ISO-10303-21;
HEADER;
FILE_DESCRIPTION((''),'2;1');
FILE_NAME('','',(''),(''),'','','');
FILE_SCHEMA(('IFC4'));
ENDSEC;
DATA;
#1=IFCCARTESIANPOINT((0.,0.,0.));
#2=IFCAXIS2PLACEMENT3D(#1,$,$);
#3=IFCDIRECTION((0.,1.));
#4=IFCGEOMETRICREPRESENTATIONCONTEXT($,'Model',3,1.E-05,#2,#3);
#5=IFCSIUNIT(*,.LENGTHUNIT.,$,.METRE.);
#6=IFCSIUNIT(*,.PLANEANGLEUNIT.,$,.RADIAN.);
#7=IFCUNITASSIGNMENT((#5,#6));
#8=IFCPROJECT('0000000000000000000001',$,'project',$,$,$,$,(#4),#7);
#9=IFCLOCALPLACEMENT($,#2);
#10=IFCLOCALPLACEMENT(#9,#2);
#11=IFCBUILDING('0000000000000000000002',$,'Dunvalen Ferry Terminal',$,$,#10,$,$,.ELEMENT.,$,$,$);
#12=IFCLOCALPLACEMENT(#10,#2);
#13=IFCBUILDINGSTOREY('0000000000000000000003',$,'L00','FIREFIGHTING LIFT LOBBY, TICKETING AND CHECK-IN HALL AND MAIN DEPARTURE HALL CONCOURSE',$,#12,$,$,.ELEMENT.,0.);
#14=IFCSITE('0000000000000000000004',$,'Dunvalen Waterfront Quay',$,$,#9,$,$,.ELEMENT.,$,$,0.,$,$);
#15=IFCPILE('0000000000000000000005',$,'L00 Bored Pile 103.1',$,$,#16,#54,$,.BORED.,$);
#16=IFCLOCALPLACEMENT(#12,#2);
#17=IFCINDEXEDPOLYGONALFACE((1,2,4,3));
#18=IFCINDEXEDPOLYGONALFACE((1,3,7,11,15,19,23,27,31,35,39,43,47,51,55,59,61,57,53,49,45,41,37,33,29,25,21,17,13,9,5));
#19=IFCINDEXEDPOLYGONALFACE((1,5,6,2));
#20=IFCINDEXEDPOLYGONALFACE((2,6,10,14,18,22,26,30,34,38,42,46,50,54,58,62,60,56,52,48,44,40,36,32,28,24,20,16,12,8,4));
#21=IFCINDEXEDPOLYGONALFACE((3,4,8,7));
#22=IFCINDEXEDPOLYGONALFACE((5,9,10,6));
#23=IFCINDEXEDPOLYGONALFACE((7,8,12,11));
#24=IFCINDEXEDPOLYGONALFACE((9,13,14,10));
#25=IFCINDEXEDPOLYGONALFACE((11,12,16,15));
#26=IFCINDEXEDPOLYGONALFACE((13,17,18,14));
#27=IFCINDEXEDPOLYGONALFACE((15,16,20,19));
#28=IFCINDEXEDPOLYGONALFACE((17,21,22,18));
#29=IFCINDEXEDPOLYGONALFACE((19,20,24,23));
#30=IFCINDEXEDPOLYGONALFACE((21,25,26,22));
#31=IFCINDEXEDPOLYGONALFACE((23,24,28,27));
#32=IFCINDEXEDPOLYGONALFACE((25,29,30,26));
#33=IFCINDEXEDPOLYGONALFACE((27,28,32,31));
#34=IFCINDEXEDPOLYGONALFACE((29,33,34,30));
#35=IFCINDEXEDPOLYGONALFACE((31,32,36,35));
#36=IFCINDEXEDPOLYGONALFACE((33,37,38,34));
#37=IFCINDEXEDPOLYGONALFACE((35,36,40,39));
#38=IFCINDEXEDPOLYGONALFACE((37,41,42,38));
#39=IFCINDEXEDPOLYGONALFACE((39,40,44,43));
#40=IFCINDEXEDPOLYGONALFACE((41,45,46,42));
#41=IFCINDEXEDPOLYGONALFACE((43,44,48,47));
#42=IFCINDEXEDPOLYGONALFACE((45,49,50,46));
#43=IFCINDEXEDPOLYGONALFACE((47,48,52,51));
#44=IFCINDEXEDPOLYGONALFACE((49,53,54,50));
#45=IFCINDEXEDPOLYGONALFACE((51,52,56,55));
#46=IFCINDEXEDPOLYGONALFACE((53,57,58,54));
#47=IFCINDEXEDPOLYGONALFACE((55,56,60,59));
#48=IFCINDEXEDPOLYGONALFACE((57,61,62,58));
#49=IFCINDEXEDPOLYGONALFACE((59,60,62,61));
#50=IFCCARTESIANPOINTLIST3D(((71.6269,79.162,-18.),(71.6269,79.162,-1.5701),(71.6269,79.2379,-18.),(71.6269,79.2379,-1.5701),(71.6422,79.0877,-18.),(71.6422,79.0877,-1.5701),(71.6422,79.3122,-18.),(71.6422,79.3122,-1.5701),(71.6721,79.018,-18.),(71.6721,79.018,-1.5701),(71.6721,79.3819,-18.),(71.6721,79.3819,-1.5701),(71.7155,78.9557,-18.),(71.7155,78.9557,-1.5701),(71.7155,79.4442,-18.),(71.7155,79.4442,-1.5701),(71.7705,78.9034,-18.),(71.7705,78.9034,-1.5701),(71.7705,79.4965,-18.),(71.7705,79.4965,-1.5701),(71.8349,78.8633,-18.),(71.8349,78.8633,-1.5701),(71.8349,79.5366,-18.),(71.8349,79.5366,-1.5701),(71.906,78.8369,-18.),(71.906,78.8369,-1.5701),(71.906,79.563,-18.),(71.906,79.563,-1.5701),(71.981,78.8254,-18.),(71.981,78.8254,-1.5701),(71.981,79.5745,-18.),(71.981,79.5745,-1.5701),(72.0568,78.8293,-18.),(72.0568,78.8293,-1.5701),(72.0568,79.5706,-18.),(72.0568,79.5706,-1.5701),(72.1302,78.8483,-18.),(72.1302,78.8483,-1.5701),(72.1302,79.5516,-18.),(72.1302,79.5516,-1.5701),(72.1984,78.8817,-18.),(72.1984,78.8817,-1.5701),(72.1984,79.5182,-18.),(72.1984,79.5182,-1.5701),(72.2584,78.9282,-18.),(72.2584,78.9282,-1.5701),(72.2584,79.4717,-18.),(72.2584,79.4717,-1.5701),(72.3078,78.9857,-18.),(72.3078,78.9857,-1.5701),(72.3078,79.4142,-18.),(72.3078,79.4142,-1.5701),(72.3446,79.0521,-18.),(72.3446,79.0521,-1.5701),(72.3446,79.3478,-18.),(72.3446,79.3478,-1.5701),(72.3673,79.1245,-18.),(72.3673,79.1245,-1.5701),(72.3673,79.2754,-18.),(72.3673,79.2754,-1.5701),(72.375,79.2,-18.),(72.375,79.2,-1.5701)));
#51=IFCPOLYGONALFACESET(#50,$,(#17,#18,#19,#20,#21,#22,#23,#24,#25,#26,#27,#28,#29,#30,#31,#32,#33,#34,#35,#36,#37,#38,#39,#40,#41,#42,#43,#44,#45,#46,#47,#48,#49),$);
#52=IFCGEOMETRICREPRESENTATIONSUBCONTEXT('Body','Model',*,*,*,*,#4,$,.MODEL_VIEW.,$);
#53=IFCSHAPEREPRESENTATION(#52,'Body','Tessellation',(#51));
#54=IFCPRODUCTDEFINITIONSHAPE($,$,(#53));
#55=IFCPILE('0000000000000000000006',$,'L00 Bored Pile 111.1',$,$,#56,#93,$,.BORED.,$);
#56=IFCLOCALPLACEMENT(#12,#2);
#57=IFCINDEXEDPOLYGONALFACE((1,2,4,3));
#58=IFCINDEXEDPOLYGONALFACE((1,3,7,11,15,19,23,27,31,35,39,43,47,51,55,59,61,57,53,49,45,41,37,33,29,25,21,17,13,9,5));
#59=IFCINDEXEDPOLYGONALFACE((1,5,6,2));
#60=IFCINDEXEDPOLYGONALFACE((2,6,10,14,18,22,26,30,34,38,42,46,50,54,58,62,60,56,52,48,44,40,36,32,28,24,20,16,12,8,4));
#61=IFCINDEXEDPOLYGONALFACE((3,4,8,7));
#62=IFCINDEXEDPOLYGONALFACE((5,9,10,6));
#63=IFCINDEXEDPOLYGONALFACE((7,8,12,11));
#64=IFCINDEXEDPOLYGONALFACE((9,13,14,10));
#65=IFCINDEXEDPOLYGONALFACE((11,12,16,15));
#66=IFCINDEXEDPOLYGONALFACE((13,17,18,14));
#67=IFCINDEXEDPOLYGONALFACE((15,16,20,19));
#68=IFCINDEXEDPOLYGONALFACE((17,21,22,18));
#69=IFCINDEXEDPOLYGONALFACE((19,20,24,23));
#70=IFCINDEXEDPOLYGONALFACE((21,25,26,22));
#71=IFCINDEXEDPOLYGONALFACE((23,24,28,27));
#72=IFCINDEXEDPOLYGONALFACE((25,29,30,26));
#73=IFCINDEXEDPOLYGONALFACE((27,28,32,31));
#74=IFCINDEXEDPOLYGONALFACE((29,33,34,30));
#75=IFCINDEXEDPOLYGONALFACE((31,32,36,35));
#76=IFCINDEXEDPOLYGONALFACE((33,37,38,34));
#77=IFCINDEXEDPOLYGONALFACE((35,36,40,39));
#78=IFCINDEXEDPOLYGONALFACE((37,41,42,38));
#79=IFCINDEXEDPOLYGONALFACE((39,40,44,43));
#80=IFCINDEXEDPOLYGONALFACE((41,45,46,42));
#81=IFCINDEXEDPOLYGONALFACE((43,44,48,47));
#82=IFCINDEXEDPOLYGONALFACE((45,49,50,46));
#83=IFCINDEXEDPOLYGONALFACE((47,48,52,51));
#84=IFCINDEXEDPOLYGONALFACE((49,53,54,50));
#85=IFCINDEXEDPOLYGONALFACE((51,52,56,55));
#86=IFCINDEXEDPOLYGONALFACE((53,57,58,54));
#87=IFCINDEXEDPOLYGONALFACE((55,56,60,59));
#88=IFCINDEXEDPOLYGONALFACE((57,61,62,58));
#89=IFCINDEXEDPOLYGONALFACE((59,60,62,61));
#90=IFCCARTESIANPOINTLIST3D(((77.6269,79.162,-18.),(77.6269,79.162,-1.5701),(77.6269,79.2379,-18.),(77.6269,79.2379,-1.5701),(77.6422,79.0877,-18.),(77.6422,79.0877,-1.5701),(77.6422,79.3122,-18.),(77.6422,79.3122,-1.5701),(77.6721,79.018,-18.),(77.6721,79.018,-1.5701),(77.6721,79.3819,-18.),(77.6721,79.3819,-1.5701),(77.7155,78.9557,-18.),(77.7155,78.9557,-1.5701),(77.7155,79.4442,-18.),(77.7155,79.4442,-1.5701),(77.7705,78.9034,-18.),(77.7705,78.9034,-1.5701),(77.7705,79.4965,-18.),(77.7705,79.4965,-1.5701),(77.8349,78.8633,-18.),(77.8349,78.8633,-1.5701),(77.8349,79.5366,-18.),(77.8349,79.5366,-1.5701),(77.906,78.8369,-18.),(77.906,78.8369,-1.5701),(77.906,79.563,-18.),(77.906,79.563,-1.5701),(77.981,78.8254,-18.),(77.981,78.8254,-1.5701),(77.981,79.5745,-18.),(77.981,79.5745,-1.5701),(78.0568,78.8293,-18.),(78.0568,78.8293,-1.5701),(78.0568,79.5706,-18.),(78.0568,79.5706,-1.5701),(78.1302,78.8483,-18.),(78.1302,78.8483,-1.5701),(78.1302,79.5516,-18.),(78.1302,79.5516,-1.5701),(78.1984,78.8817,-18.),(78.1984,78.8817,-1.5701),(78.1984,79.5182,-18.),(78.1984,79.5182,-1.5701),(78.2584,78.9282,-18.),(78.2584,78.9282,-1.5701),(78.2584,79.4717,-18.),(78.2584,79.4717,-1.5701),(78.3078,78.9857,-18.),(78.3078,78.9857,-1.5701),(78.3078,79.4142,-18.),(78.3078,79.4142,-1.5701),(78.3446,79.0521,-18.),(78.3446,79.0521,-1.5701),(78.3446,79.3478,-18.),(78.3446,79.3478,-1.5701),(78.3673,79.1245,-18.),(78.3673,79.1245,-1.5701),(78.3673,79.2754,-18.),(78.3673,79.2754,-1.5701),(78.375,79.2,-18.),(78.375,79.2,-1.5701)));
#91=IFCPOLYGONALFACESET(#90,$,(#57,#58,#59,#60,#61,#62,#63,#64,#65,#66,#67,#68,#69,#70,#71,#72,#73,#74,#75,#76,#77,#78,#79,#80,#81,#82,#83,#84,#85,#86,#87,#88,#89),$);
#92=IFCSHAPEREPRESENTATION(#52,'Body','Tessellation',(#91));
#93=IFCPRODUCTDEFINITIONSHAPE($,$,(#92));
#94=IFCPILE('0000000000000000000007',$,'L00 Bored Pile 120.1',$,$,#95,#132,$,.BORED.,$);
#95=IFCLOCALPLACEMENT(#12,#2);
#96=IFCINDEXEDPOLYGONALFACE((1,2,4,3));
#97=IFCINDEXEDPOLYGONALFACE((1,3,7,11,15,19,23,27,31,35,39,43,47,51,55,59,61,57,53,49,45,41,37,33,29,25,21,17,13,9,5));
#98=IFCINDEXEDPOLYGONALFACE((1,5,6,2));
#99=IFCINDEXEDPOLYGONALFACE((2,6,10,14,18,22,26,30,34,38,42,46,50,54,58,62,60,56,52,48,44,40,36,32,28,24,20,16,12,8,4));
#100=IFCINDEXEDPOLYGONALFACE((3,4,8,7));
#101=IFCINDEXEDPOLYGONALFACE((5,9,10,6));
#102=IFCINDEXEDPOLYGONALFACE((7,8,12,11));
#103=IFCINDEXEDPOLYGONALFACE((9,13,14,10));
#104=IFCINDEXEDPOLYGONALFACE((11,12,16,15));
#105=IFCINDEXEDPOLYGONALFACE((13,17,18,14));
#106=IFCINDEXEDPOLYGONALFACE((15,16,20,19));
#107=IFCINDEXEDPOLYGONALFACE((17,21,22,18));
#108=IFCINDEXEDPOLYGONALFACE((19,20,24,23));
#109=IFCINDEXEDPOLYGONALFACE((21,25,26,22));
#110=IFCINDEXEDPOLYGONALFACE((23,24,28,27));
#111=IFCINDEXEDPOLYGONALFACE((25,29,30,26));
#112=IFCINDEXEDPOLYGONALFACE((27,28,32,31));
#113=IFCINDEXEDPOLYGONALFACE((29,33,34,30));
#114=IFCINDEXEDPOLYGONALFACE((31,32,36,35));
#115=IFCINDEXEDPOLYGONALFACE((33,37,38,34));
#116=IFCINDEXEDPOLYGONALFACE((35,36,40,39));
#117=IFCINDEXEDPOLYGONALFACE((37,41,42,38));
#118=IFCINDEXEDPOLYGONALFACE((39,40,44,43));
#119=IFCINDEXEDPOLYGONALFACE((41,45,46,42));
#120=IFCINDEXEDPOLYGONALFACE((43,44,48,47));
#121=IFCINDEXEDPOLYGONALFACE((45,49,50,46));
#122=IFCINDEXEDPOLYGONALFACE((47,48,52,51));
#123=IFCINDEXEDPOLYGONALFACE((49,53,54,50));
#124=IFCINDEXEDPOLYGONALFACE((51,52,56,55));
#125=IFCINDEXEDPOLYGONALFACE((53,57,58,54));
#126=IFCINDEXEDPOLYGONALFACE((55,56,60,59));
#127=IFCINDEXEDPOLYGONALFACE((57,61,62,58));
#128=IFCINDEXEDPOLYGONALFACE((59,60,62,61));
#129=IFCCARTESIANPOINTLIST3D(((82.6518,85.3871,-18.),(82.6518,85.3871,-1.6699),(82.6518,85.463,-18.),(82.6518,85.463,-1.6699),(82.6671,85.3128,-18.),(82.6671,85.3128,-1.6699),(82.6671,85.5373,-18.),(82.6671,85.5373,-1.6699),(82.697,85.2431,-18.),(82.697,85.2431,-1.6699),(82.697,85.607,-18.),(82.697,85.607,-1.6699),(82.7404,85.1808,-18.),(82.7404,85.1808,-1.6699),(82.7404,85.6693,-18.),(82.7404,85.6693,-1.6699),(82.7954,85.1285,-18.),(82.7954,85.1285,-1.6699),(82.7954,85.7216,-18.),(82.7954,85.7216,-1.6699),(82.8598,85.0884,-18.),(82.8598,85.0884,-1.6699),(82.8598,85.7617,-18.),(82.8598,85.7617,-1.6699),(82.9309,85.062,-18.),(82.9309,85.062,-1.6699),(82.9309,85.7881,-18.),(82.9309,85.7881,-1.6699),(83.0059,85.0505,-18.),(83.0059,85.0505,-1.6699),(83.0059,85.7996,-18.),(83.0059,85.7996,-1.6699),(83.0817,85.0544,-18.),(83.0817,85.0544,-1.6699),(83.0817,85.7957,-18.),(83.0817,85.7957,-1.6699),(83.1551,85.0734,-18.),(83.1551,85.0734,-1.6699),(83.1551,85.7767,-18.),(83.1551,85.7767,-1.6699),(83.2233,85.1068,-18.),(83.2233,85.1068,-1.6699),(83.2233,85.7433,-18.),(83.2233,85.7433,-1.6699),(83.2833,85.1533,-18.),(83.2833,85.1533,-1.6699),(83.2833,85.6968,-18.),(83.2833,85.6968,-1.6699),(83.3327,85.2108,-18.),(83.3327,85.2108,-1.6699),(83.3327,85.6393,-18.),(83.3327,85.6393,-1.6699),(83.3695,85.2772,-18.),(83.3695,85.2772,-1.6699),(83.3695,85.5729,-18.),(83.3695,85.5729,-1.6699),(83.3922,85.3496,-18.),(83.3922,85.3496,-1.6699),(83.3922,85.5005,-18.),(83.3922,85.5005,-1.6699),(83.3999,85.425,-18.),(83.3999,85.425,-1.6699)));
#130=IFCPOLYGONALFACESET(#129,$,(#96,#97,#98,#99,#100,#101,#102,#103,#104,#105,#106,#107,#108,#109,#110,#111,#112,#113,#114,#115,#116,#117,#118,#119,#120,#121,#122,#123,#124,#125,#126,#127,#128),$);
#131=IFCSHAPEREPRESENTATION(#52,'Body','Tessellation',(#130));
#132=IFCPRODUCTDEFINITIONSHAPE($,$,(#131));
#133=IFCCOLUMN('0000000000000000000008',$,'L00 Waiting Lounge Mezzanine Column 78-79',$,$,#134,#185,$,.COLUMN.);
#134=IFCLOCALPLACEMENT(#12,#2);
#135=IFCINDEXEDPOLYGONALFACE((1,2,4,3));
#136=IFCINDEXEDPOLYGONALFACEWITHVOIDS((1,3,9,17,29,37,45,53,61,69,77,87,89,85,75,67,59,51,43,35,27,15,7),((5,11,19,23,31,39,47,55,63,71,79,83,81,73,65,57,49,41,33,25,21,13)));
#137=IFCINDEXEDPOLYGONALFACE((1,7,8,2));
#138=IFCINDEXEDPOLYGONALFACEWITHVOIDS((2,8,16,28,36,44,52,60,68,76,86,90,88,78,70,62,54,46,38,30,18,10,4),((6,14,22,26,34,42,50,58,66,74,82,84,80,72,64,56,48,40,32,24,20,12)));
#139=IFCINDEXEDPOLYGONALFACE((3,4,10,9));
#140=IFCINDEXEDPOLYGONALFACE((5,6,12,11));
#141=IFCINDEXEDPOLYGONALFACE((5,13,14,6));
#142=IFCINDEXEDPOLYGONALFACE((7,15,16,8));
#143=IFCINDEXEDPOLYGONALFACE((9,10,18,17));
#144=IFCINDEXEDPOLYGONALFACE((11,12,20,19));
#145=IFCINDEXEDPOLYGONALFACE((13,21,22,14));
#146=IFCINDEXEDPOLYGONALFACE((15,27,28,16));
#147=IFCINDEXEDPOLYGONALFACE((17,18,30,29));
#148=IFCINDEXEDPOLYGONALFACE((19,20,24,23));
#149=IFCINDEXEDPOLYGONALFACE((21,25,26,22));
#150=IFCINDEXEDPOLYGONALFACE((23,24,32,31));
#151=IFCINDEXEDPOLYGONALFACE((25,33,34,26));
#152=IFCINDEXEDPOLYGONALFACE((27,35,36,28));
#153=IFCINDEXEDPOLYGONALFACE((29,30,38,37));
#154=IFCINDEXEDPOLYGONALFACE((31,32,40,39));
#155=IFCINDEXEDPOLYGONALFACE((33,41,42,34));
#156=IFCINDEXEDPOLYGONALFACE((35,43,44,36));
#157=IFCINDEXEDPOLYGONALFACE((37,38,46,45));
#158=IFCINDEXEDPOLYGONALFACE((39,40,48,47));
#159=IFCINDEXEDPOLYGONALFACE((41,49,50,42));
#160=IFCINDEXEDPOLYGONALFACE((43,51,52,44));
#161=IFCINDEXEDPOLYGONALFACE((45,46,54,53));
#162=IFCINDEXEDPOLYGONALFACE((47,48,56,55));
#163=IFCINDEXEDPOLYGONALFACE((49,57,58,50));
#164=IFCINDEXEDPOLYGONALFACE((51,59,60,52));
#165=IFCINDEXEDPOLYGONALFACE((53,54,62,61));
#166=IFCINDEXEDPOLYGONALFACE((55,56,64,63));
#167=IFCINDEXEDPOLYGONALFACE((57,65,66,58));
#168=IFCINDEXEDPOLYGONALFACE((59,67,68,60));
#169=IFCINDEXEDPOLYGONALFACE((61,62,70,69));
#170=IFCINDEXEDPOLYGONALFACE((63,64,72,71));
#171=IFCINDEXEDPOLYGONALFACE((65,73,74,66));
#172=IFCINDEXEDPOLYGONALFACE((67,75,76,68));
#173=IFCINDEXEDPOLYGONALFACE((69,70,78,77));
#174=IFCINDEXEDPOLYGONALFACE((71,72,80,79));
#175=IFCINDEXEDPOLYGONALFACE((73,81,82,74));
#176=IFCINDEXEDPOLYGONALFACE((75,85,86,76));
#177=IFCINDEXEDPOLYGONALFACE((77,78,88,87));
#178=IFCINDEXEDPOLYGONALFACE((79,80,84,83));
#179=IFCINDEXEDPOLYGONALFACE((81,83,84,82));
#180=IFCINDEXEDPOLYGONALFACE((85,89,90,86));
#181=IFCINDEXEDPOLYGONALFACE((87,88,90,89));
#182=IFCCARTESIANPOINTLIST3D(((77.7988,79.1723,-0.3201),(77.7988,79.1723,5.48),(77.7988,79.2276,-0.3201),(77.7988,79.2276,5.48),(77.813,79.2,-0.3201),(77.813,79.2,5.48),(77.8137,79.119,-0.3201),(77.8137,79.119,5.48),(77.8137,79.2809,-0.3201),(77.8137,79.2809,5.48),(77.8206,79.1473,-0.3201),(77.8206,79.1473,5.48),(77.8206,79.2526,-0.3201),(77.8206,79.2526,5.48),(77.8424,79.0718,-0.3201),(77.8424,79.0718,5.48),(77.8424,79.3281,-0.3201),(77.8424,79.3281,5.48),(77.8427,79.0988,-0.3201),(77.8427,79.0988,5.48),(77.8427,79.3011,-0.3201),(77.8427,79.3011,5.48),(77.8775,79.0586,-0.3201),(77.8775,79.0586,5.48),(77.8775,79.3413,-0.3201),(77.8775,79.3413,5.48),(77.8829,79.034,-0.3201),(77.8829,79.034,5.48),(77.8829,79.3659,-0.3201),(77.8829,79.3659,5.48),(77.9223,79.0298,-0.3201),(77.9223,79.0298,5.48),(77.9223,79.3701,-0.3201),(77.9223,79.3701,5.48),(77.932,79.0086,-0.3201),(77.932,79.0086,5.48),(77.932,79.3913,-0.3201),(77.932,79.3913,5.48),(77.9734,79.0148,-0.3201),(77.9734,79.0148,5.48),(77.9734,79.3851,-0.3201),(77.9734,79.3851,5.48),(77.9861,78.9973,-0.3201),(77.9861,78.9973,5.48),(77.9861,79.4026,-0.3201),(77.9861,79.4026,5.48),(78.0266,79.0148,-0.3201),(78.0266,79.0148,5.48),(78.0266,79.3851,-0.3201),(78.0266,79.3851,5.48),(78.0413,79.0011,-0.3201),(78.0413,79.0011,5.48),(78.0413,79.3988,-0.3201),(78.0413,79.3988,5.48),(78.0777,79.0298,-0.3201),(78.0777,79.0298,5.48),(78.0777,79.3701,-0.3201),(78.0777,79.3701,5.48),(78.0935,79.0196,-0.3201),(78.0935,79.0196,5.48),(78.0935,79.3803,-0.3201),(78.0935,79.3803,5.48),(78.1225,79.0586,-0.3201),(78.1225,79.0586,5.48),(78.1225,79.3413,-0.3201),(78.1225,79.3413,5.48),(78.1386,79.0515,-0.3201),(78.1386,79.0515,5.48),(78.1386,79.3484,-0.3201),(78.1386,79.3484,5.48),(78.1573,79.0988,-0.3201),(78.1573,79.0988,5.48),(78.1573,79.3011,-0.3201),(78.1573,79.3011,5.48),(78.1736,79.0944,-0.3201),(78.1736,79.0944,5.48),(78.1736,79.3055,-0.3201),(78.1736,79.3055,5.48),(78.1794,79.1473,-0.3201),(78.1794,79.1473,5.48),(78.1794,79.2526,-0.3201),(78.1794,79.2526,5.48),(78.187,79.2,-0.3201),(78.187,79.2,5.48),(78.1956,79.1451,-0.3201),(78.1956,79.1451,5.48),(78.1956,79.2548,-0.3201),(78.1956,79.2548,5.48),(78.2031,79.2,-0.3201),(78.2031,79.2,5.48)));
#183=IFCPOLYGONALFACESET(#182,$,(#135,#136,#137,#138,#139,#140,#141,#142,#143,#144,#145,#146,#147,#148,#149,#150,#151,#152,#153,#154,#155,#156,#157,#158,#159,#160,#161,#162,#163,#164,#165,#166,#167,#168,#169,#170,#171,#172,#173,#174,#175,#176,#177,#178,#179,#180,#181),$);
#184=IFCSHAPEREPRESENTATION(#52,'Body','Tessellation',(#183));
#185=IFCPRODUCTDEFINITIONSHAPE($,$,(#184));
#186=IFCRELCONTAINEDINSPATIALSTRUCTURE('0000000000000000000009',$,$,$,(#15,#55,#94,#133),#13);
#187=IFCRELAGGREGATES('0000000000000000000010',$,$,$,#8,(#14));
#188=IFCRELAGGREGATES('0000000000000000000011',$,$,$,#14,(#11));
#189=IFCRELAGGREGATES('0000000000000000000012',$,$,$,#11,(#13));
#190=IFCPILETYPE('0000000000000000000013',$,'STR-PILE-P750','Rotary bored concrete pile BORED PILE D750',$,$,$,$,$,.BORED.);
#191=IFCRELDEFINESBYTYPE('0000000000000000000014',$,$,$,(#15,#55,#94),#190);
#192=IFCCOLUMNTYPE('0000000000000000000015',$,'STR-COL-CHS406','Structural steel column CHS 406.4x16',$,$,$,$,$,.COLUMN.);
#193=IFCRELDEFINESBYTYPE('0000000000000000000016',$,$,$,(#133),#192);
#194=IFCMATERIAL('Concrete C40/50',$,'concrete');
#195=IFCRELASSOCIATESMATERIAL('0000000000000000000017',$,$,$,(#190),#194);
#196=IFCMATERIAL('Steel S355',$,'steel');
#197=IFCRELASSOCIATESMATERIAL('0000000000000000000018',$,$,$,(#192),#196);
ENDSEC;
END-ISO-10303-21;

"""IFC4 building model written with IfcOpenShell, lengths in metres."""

from ifc_helpers import new_model, si_unit, direction, frame, origin, origin_2d, place, context, subcontext, project, spatial, circle, hollow_circle, extrude, material, material_profile, profile_set, type_object, element, save


model = new_model("IFC4")

# Units and contexts
model_context = context("Model", 3, precision=1e-05, world=origin(), true_north=direction((0.0, 1.0)))
body_context = subcontext(model_context, "Body", "Model", "MODEL_VIEW")
ifc_project = project(units=[si_unit("LENGTHUNIT", "METRE"), si_unit("PLANEANGLEUNIT", "RADIAN")], contexts=[model_context])

# Site, building, storey
site_placement = place(None, origin())
site = spatial("IfcSite", under=ifc_project, at=site_placement, Name="Dunvalen Waterfront Quay", CompositionType="ELEMENT", RefElevation=0.0)
building_placement = place(site_placement, origin())
building = spatial("IfcBuilding", under=site, at=building_placement, Name="Dunvalen Ferry Terminal", CompositionType="ELEMENT")
storey_placement = place(building_placement, origin())
storey = spatial("IfcBuildingStorey", under=building, at=storey_placement, Name="L00", Description="FIREFIGHTING LIFT LOBBY, TICKETING AND CHECK-IN HALL AND MAIN DEPARTURE HALL CONCOURSE", CompositionType="ELEMENT", Elevation=0.0)

# Shared definitions
ifc_material_1 = material(Name="Concrete C40/50", Category="concrete")

# Piles
ifc_material_profile_1 = material_profile(ifc_material_1, circle(Radius=0.375, at=origin_2d()), Name="Concrete C40/50")
ifc_profile_set_1 = profile_set([ifc_material_profile_1], Name="Concrete C40/50")
pile_type_1 = type_object("IfcPileType", Name="STR-PILE-P750", Description="Rotary bored concrete pile BORED PILE D750", PredefinedType="BORED", material=ifc_profile_set_1)
for number, where, z_axis, x_axis, name in (
    (1, (72.0, 79.2, -1.5701), (0.0, 0.0, -1.0), (1.0, 0.0, 0.0), "L00 Bored Pile 103.1"),
    (2, (78.0, 79.2, -1.5701), (0.0, 0.0, -1.0), (1.0, 0.0, 0.0), "L00 Bored Pile 111.1"),
):
    element("IfcPile", number, at=place(storey_placement, frame(where, z_axis=z_axis, x_axis=x_axis)), inside=storey, type_object=pile_type_1, Name=name, PredefinedType="BORED", context=body_context, shape_type="SweptSolid", body=[
        extrude(circle(Radius=0.375, at=origin_2d()), origin(), (0.0, 0.0, 1.0), 16.4299),
    ])
pile_1_placement = place(storey_placement, frame((83.0249, 85.425, -1.6699), z_axis=(0.0, 0.0, -1.0), x_axis=(1.0, 0.0, 0.0)))
element("IfcPile", 3, at=pile_1_placement, inside=storey, type_object=pile_type_1, Name="L00 Bored Pile 120.1", PredefinedType="BORED", context=body_context, shape_type="SweptSolid", body=[
    extrude(circle(Radius=0.375, at=origin_2d()), origin(), (0.0, 0.0, 1.0), 16.3301),
])

# Column
ifc_material_2 = material(Name="Steel S355", Category="steel")
ifc_material_profile_2 = material_profile(ifc_material_2, hollow_circle(Radius=0.2031, WallThickness=0.0161, at=origin_2d()), Name="Steel S355")
ifc_profile_set_2 = profile_set([ifc_material_profile_2], Name="Steel S355")
column_type_1 = type_object("IfcColumnType", Name="STR-COL-CHS406", Description="Structural steel column CHS 406.4x16", PredefinedType="COLUMN", material=ifc_profile_set_2)
column_placement = place(storey_placement, frame((78.0, 79.2, -0.3201), z_axis=(0.0, 0.0, 1.0), x_axis=(1.0, 0.0, 0.0)))
element("IfcColumn", 4, at=column_placement, inside=storey, type_object=column_type_1, Name="L00 Waiting Lounge Mezzanine Column 78-79", PredefinedType="COLUMN", context=body_context, shape_type="SweptSolid", body=[
    extrude(hollow_circle(Radius=0.2031, WallThickness=0.0161, at=origin_2d()), origin(), (0.0, 0.0, 1.0), 5.8),
])

save(model, "model.ifc")
